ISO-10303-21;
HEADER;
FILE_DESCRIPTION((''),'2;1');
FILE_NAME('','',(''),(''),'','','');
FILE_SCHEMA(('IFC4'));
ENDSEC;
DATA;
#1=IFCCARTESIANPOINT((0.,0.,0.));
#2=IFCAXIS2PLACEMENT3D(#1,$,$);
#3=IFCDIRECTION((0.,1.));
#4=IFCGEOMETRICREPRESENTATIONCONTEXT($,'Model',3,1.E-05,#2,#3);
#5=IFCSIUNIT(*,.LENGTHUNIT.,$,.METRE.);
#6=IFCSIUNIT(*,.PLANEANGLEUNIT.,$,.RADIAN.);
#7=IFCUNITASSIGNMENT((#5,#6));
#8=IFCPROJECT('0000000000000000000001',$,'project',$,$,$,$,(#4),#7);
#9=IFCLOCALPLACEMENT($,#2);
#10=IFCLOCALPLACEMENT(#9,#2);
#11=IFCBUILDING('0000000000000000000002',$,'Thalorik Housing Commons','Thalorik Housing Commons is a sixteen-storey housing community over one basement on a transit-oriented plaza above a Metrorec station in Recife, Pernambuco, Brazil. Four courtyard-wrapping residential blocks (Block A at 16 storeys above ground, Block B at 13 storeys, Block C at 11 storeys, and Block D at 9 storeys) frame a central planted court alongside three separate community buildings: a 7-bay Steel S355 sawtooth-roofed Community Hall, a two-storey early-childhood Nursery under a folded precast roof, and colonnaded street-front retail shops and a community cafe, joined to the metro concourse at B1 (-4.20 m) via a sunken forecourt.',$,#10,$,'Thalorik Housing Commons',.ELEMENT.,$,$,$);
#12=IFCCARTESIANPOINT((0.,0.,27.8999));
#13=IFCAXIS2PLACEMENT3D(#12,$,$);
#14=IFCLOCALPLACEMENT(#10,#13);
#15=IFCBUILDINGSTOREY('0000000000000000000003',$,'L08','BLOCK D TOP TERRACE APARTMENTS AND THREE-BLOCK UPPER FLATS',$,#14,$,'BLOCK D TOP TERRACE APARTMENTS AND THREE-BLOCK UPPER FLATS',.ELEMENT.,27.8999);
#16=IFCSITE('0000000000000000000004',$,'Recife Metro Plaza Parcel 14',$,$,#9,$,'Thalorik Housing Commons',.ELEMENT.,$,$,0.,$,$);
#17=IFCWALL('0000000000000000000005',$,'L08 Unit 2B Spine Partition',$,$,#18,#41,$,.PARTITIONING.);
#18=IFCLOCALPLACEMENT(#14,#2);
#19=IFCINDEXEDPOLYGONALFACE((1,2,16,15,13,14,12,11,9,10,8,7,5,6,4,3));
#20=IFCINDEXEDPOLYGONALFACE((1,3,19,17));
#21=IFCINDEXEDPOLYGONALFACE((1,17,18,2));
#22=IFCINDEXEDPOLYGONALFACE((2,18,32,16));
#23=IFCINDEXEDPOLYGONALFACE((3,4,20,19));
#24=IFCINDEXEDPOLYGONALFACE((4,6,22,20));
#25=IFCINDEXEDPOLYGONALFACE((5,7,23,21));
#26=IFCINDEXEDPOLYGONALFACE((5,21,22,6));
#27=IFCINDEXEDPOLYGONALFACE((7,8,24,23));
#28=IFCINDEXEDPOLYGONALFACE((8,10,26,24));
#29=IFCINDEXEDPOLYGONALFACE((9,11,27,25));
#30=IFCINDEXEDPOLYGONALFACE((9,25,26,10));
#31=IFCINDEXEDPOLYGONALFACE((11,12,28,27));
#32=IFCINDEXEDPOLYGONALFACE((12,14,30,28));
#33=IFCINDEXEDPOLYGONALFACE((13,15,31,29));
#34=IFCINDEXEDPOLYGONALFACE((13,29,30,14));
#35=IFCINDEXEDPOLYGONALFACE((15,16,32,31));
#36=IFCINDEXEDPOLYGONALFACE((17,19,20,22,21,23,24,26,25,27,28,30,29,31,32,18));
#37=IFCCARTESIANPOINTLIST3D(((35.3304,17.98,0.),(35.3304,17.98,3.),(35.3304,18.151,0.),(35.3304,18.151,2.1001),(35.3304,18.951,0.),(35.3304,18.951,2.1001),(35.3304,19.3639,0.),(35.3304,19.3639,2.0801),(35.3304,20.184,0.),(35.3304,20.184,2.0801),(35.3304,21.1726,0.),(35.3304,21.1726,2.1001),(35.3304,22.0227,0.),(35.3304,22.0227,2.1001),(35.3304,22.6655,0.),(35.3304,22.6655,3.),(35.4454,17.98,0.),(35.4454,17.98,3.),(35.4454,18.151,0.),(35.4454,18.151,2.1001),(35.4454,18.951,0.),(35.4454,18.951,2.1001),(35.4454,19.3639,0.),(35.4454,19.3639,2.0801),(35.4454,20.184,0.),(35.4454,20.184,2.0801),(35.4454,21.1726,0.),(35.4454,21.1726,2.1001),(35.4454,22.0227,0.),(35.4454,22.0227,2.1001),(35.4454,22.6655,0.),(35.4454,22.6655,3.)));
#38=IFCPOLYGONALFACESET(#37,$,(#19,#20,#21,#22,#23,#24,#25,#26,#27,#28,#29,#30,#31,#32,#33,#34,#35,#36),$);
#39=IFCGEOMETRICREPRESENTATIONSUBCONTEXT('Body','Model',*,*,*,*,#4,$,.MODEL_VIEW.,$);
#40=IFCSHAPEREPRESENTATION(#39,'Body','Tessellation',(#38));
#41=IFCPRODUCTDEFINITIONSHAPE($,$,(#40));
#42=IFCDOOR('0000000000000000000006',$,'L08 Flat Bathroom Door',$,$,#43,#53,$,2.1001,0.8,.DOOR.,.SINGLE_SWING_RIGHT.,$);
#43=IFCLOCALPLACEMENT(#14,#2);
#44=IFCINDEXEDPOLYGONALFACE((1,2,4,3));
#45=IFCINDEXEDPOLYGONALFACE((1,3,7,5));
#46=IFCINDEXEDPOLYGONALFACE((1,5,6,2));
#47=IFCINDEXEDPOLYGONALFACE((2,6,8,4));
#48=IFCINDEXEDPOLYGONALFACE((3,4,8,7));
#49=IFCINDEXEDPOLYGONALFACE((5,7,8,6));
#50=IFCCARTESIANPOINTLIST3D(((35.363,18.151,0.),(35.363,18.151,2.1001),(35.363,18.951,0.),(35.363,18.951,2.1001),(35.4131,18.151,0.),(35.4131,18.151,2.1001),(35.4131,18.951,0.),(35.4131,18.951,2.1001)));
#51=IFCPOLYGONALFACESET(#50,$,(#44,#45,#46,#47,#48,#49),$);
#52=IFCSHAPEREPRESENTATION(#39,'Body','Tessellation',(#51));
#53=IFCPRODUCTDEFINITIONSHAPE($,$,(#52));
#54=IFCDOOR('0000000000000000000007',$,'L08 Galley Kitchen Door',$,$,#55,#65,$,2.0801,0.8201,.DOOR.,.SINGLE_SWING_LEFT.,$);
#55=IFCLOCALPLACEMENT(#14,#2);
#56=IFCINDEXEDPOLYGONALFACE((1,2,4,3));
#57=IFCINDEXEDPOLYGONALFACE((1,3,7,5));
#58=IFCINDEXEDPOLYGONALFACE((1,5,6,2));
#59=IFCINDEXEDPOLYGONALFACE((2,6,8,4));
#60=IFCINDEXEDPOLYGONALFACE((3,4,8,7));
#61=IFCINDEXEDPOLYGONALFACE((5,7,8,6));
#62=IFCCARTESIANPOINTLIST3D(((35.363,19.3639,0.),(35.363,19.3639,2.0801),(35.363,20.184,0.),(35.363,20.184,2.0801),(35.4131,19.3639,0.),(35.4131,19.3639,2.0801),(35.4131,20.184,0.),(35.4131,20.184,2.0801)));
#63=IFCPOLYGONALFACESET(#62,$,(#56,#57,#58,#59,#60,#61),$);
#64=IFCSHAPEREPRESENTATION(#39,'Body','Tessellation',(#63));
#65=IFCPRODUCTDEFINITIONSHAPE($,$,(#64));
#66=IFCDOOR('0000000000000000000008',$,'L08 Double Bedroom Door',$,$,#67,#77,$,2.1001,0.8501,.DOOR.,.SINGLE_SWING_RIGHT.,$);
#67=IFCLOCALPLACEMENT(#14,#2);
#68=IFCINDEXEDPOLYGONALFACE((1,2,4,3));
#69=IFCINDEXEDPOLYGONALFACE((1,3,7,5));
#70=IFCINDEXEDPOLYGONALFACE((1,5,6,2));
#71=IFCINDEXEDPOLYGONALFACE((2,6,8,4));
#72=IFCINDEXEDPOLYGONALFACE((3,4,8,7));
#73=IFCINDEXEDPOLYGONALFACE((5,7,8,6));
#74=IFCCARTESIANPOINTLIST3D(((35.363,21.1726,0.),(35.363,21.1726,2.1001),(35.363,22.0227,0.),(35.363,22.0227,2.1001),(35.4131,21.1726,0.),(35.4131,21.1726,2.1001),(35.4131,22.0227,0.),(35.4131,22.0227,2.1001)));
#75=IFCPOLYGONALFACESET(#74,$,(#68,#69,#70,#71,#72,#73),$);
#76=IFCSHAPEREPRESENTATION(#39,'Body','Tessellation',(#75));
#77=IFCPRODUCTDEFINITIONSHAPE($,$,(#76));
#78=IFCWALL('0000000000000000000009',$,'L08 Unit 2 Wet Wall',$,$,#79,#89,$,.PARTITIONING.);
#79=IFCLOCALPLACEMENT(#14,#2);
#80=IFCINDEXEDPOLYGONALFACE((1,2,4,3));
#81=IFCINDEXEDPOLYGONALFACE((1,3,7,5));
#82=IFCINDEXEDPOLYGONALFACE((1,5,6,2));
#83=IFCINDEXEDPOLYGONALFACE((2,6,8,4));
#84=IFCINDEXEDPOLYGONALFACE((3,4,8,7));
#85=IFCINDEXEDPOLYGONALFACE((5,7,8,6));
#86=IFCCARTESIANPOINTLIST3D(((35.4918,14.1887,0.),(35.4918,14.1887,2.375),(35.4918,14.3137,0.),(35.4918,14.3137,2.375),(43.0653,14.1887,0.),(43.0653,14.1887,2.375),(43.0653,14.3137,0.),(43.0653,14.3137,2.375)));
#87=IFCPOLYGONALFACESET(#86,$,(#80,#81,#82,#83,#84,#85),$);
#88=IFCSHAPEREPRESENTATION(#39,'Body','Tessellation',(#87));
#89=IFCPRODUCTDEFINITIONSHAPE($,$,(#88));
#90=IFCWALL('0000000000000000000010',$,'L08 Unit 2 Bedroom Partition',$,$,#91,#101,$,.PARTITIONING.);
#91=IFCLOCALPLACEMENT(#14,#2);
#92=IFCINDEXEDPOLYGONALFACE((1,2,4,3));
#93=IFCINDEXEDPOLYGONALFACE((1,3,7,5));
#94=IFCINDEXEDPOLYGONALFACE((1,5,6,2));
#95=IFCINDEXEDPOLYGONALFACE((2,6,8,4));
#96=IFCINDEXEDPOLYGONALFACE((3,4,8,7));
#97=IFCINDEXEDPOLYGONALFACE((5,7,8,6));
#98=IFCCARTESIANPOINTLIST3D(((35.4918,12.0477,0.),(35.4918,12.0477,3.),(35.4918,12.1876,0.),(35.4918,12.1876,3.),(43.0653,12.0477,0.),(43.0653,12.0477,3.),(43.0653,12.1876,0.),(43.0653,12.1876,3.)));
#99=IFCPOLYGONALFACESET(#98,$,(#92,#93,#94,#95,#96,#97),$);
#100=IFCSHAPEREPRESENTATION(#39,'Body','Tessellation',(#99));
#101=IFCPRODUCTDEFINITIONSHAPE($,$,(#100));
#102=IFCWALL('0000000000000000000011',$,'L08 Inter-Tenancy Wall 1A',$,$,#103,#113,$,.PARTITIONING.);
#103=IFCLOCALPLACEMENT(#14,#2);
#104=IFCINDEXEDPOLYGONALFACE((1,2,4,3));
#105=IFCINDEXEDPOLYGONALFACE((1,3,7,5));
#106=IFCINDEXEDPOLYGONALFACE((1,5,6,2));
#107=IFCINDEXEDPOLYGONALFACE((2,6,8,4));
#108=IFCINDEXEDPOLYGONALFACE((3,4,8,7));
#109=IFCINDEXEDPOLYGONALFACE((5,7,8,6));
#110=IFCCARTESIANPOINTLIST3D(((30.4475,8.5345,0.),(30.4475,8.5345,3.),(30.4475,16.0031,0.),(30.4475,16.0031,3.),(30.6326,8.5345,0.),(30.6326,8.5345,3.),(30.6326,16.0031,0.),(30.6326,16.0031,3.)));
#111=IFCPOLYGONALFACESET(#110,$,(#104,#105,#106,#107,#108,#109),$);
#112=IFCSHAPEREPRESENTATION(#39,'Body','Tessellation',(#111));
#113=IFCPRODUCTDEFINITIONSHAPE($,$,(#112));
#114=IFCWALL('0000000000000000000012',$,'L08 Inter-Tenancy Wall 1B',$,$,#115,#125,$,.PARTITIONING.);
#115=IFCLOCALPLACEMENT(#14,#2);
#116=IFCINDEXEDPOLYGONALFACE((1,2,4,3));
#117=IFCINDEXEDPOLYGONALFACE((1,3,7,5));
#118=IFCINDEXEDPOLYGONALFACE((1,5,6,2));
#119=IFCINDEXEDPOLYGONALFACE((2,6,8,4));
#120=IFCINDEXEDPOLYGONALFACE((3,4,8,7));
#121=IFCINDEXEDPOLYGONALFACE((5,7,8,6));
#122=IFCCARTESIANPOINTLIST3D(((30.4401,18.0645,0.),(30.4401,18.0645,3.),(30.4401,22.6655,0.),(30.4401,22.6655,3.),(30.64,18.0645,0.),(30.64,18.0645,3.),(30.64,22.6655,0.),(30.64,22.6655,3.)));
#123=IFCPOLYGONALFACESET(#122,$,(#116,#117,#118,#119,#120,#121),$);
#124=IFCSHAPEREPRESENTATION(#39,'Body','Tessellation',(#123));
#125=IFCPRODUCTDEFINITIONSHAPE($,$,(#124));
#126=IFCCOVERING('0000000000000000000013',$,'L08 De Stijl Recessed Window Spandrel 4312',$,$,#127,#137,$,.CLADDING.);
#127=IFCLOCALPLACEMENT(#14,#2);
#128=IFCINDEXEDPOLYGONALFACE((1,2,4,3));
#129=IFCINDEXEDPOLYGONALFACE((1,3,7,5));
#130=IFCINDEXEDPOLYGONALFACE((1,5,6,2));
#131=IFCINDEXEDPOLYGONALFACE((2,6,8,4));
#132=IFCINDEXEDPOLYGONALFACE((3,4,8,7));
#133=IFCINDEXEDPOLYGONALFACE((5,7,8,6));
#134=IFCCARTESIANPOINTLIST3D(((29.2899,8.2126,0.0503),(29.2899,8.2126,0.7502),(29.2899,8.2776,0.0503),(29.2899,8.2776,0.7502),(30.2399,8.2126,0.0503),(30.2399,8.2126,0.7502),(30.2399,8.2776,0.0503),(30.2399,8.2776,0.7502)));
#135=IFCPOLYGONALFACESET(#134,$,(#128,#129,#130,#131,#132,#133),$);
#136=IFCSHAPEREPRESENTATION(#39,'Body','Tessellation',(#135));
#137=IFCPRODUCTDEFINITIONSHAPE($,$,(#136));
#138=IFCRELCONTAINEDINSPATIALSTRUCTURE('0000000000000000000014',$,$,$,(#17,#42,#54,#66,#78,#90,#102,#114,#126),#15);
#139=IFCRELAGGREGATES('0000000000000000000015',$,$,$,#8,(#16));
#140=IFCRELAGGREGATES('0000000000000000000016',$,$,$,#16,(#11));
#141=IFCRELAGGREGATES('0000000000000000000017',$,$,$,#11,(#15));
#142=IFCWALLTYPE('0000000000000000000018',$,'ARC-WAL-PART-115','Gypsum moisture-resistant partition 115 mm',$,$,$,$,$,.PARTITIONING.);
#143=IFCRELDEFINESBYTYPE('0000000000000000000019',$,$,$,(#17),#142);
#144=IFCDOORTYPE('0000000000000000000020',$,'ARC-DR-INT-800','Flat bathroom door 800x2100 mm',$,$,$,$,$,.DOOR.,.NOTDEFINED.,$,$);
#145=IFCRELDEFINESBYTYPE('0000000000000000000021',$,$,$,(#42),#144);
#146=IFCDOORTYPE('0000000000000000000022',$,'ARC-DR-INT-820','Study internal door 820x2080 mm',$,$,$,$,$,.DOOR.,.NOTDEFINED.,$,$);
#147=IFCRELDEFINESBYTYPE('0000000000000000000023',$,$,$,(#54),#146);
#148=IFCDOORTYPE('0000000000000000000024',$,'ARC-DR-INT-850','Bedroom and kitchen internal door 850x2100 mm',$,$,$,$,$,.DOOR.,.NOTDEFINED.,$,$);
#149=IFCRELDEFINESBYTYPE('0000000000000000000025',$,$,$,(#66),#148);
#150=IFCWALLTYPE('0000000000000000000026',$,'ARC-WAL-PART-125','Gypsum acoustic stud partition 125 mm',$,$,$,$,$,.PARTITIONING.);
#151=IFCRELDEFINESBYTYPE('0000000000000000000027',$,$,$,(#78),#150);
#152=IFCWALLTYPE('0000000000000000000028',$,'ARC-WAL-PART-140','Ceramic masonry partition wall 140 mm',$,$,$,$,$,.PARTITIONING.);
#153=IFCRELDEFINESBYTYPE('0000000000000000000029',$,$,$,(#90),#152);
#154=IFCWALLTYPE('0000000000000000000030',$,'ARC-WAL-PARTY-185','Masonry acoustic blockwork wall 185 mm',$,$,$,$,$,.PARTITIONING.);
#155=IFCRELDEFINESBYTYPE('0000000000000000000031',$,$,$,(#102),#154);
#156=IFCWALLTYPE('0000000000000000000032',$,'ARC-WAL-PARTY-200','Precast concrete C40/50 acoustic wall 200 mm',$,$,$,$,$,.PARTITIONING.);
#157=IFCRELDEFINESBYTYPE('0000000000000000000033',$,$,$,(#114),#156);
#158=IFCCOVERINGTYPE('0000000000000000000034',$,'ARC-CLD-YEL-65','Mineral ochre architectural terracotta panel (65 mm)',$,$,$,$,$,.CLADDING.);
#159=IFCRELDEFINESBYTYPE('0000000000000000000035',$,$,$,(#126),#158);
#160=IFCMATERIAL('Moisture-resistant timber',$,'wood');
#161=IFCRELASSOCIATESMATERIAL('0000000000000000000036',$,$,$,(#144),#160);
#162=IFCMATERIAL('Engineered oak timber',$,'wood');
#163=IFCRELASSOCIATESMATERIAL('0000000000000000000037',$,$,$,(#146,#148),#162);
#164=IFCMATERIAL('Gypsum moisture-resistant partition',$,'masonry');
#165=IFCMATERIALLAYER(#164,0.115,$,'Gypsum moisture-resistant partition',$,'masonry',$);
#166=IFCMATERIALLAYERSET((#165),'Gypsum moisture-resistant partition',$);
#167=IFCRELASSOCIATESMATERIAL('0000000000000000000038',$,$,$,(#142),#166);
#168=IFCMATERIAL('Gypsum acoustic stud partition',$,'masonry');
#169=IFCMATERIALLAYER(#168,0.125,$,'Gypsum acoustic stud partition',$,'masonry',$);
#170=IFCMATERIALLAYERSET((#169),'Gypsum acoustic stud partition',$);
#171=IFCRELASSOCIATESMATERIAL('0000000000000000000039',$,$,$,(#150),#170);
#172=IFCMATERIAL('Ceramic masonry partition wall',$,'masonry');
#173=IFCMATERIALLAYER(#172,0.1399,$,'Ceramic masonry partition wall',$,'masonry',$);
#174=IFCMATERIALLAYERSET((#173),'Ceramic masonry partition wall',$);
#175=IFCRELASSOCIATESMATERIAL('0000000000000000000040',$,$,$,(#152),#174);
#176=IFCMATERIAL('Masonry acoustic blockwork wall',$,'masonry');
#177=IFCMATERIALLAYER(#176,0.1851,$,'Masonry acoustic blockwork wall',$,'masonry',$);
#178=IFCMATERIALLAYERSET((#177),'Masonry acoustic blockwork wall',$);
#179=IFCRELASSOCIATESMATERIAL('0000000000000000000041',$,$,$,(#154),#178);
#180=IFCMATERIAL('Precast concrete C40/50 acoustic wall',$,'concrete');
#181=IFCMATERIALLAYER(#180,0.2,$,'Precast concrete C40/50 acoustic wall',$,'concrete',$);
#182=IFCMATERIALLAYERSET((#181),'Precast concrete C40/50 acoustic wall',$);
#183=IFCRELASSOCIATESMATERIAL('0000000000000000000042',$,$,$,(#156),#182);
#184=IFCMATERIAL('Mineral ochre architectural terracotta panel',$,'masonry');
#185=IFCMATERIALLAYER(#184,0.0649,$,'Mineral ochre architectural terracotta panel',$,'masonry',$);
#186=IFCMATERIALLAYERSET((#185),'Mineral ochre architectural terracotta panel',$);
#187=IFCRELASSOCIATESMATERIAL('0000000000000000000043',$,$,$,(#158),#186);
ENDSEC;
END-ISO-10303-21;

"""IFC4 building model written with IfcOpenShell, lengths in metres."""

from ifc_helpers import new_model, si_unit, direction, frame, frame_2d, origin, origin_2d, place, context, subcontext, project, spatial, rectangle, extrude, material, layer, layer_set, type_object, element, fill, save


model = new_model("IFC4")

# Units and contexts
model_context = context("Model", 3, precision=1e-05, world=origin(), true_north=direction((0.0, 1.0)))
body_context = subcontext(model_context, "Body", "Model", "MODEL_VIEW")
ifc_project = project(units=[si_unit("LENGTHUNIT", "METRE"), si_unit("PLANEANGLEUNIT", "RADIAN")], contexts=[model_context])

# Site, building, storey
site_placement = place(None, origin())
site = spatial("IfcSite", under=ifc_project, at=site_placement, Name="Recife Metro Plaza Parcel 14", LongName="Thalorik Housing Commons", CompositionType="ELEMENT", RefElevation=0.0)
building_placement = place(site_placement, origin())
building = spatial("IfcBuilding", under=site, at=building_placement, Name="Thalorik Housing Commons", Description="Thalorik Housing Commons is a sixteen-storey housing community over one basement on a transit-oriented plaza above a Metrorec station in Recife, Pernambuco, Brazil. Four courtyard-wrapping residential blocks (Block A at 16 storeys above ground, Block B at 13 storeys, Block C at 11 storeys, and Block D at 9 storeys) frame a central planted court alongside three separate community buildings: a 7-bay Steel S355 sawtooth-roofed Community Hall, a two-storey early-childhood Nursery under a folded precast roof, and colonnaded street-front retail shops and a community cafe, joined to the metro concourse at B1 (-4.20 m) via a sunken forecourt.", LongName="Thalorik Housing Commons", CompositionType="ELEMENT")
storey_placement = place(building_placement, frame((0.0, 0.0, 27.8999)))
storey = spatial("IfcBuildingStorey", under=building, at=storey_placement, Name="L08", Description="BLOCK D TOP TERRACE APARTMENTS AND THREE-BLOCK UPPER FLATS", LongName="BLOCK D TOP TERRACE APARTMENTS AND THREE-BLOCK UPPER FLATS", CompositionType="ELEMENT", Elevation=27.8999)

# Wall, openings, doors
ifc_material_1 = material(Name="Moisture-resistant timber", Category="wood")
door_type_1 = type_object("IfcDoorType", Name="ARC-DR-INT-800", Description="Flat bathroom door 800x2100 mm", OperationType="NOTDEFINED", PredefinedType="DOOR", material=ifc_material_1)
ifc_material_2 = material(Name="Engineered oak timber", Category="wood")
door_type_2 = type_object("IfcDoorType", Name="ARC-DR-INT-820", Description="Study internal door 820x2080 mm", OperationType="NOTDEFINED", PredefinedType="DOOR", material=ifc_material_2)
door_type_3 = type_object("IfcDoorType", Name="ARC-DR-INT-850", Description="Bedroom and kitchen internal door 850x2100 mm", OperationType="NOTDEFINED", PredefinedType="DOOR", material=ifc_material_2)
ifc_material_3 = material(Name="Gypsum moisture-resistant partition", Category="masonry")
ifc_layer_1 = layer(ifc_material_3, 0.115, Name="Gypsum moisture-resistant partition", Category="masonry")
ifc_layer_set_1 = layer_set([ifc_layer_1], Name="Gypsum moisture-resistant partition")
wall_type_1 = type_object("IfcWallType", Name="ARC-WAL-PART-115", Description="Gypsum moisture-resistant partition 115 mm", PredefinedType="PARTITIONING", material=ifc_layer_set_1)
wall_1_placement = place(storey_placement, frame((35.3879, 17.98, 0.0), z_axis=(0.0, 0.0, 1.0), x_axis=(0.0, 1.0, 0.0)))
wall_1 = element("IfcWall", 1, at=wall_1_placement, inside=storey, type_object=wall_type_1, Name="L08 Unit 2B Spine Partition", PredefinedType="PARTITIONING", context=body_context, shape_type="SweptSolid", body=[
    extrude(rectangle(XDim=4.6855, YDim=0.115, at=frame_2d((2.3428, 0.0))), origin(), (0.0, 0.0, 1.0), 3.0),
])
opening_1_placement = place(wall_1_placement, frame((0.1711, 0.0, 0.0)))
opening_1 = element("IfcOpeningElement", 2, at=opening_1_placement, cuts=wall_1, PredefinedType="OPENING", context=body_context, shape_type="SweptSolid", body=[
    extrude(rectangle(XDim=0.8, YDim=2.1001, at=frame_2d((0.3999, 1.05))), frame((0.0, 0.0674, 0.0), z_axis=(0.0, -1.0, 0.0), x_axis=(1.0, 0.0, 0.0)), (0.0, 0.0, 1.0), 0.135),
])
opening_2_placement = place(wall_1_placement, frame((1.3838, 0.0, 0.0)))
opening_2 = element("IfcOpeningElement", 3, at=opening_2_placement, cuts=wall_1, PredefinedType="OPENING", context=body_context, shape_type="SweptSolid", body=[
    extrude(rectangle(XDim=0.8201, YDim=2.0801, at=frame_2d((0.4102, 1.04))), frame((0.0, 0.0674, 0.0), z_axis=(0.0, -1.0, 0.0), x_axis=(1.0, 0.0, 0.0)), (0.0, 0.0, 1.0), 0.135),
])
opening_3_placement = place(wall_1_placement, frame((3.1926, 0.0, 0.0)))
opening_3 = element("IfcOpeningElement", 4, at=opening_3_placement, cuts=wall_1, PredefinedType="OPENING", context=body_context, shape_type="SweptSolid", body=[
    extrude(rectangle(XDim=0.8501, YDim=2.1001, at=frame_2d((0.425, 1.05))), frame((0.0, 0.0674, 0.0), z_axis=(0.0, -1.0, 0.0), x_axis=(1.0, 0.0, 0.0)), (0.0, 0.0, 1.0), 0.135),
])
door_1_placement = place(opening_1_placement, origin())
door_1 = element("IfcDoor", 5, at=door_1_placement, inside=storey, type_object=door_type_1, Name="L08 Flat Bathroom Door", OperationType="SINGLE_SWING_RIGHT", OverallHeight=2.1001, OverallWidth=0.8, PredefinedType="DOOR", context=body_context, shape_type="SweptSolid", body=[
    extrude(rectangle(XDim=0.8, YDim=2.1001, at=frame_2d((0.3999, 1.05))), frame((0.0, 0.0249, 0.0), z_axis=(0.0, -1.0, 0.0), x_axis=(1.0, 0.0, 0.0)), (0.0, 0.0, 1.0), 0.05),
])
fill(opening_1, door_1)
door_2_placement = place(opening_2_placement, origin())
door_2 = element("IfcDoor", 6, at=door_2_placement, inside=storey, type_object=door_type_2, Name="L08 Galley Kitchen Door", OperationType="SINGLE_SWING_LEFT", OverallHeight=2.0801, OverallWidth=0.8201, PredefinedType="DOOR", context=body_context, shape_type="SweptSolid", body=[
    extrude(rectangle(XDim=0.8201, YDim=2.0801, at=frame_2d((0.4102, 1.04))), frame((0.0, 0.0249, 0.0), z_axis=(0.0, -1.0, 0.0), x_axis=(1.0, 0.0, 0.0)), (0.0, 0.0, 1.0), 0.05),
])
fill(opening_2, door_2)
door_3_placement = place(opening_3_placement, origin())
door_3 = element("IfcDoor", 7, at=door_3_placement, inside=storey, type_object=door_type_3, Name="L08 Double Bedroom Door", OperationType="SINGLE_SWING_RIGHT", OverallHeight=2.1001, OverallWidth=0.8501, PredefinedType="DOOR", context=body_context, shape_type="SweptSolid", body=[
    extrude(rectangle(XDim=0.8501, YDim=2.1001, at=frame_2d((0.425, 1.05))), frame((0.0, 0.0249, 0.0), z_axis=(0.0, -1.0, 0.0), x_axis=(1.0, 0.0, 0.0)), (0.0, 0.0, 1.0), 0.05),
])
fill(opening_3, door_3)

# Walls
ifc_material_4 = material(Name="Gypsum acoustic stud partition", Category="masonry")
ifc_layer_2 = layer(ifc_material_4, 0.125, Name="Gypsum acoustic stud partition", Category="masonry")
ifc_layer_set_2 = layer_set([ifc_layer_2], Name="Gypsum acoustic stud partition")
wall_type_2 = type_object("IfcWallType", Name="ARC-WAL-PART-125", Description="Gypsum acoustic stud partition 125 mm", PredefinedType="PARTITIONING", material=ifc_layer_set_2)
wall_2_placement = place(storey_placement, frame((35.4919, 14.2512, 0.0), z_axis=(0.0, 0.0, 1.0), x_axis=(1.0, 0.0, 0.0)))
element("IfcWall", 8, at=wall_2_placement, inside=storey, type_object=wall_type_2, Name="L08 Unit 2 Wet Wall", PredefinedType="PARTITIONING", context=body_context, shape_type="SweptSolid", body=[
    extrude(rectangle(XDim=7.5735, YDim=0.125, at=frame_2d((3.7866, 0.0))), origin(), (0.0, 0.0, 1.0), 2.375),
])
ifc_material_5 = material(Name="Ceramic masonry partition wall", Category="masonry")
ifc_layer_3 = layer(ifc_material_5, 0.1399, Name="Ceramic masonry partition wall", Category="masonry")
ifc_layer_set_3 = layer_set([ifc_layer_3], Name="Ceramic masonry partition wall")
wall_type_3 = type_object("IfcWallType", Name="ARC-WAL-PART-140", Description="Ceramic masonry partition wall 140 mm", PredefinedType="PARTITIONING", material=ifc_layer_set_3)
wall_3_placement = place(storey_placement, frame((35.4919, 12.1177, 0.0), z_axis=(0.0, 0.0, 1.0), x_axis=(1.0, 0.0, 0.0)))
element("IfcWall", 9, at=wall_3_placement, inside=storey, type_object=wall_type_3, Name="L08 Unit 2 Bedroom Partition", PredefinedType="PARTITIONING", context=body_context, shape_type="SweptSolid", body=[
    extrude(rectangle(XDim=7.5735, YDim=0.1399, at=frame_2d((3.7866, 0.0))), origin(), (0.0, 0.0, 1.0), 3.0),
])
ifc_material_6 = material(Name="Masonry acoustic blockwork wall", Category="masonry")
ifc_layer_4 = layer(ifc_material_6, 0.1851, Name="Masonry acoustic blockwork wall", Category="masonry")
ifc_layer_set_4 = layer_set([ifc_layer_4], Name="Masonry acoustic blockwork wall")
wall_type_4 = type_object("IfcWallType", Name="ARC-WAL-PARTY-185", Description="Masonry acoustic blockwork wall 185 mm", PredefinedType="PARTITIONING", material=ifc_layer_set_4)
wall_4_placement = place(storey_placement, frame((30.54, 8.5344, 0.0), z_axis=(0.0, 0.0, 1.0), x_axis=(0.0, 1.0, 0.0)))
element("IfcWall", 10, at=wall_4_placement, inside=storey, type_object=wall_type_4, Name="L08 Inter-Tenancy Wall 1A", PredefinedType="PARTITIONING", context=body_context, shape_type="SweptSolid", body=[
    extrude(rectangle(XDim=7.4685, YDim=0.1851, at=frame_2d((3.7344, 0.0))), origin(), (0.0, 0.0, 1.0), 3.0),
])
ifc_material_7 = material(Name="Precast concrete C40/50 acoustic wall", Category="concrete")
ifc_layer_5 = layer(ifc_material_7, 0.2, Name="Precast concrete C40/50 acoustic wall", Category="concrete")
ifc_layer_set_5 = layer_set([ifc_layer_5], Name="Precast concrete C40/50 acoustic wall")
wall_type_5 = type_object("IfcWallType", Name="ARC-WAL-PARTY-200", Description="Precast concrete C40/50 acoustic wall 200 mm", PredefinedType="PARTITIONING", material=ifc_layer_set_5)
wall_5_placement = place(storey_placement, frame((30.54, 18.0645, 0.0), z_axis=(0.0, 0.0, 1.0), x_axis=(0.0, 1.0, 0.0)))
element("IfcWall", 11, at=wall_5_placement, inside=storey, type_object=wall_type_5, Name="L08 Inter-Tenancy Wall 1B", PredefinedType="PARTITIONING", context=body_context, shape_type="SweptSolid", body=[
    extrude(rectangle(XDim=4.6011, YDim=0.2, at=frame_2d((2.3005, 0.0))), origin(), (0.0, 0.0, 1.0), 3.0),
])

# Covering
ifc_material_8 = material(Name="Mineral ochre architectural terracotta panel", Category="masonry")
ifc_layer_6 = layer(ifc_material_8, 0.0649, Name="Mineral ochre architectural terracotta panel", Category="masonry")
ifc_layer_set_6 = layer_set([ifc_layer_6], Name="Mineral ochre architectural terracotta panel")
covering_type_1 = type_object("IfcCoveringType", Name="ARC-CLD-YEL-65", Description="Mineral ochre architectural terracotta panel (65 mm)", PredefinedType="CLADDING", material=ifc_layer_set_6)
covering_1_placement = place(storey_placement, frame((29.7649, 8.2451, 0.0503), z_axis=(0.0, 0.0, 1.0), x_axis=(1.0, 0.0, 0.0)))
element("IfcCovering", 12, at=covering_1_placement, inside=storey, type_object=covering_type_1, Name="L08 De Stijl Recessed Window Spandrel 4312", PredefinedType="CLADDING", context=body_context, shape_type="SweptSolid", body=[
    extrude(rectangle(XDim=0.95, YDim=0.0649, at=origin_2d()), origin(), (0.0, 0.0, 1.0), 0.7),
])

save(model, "model.ifc")
